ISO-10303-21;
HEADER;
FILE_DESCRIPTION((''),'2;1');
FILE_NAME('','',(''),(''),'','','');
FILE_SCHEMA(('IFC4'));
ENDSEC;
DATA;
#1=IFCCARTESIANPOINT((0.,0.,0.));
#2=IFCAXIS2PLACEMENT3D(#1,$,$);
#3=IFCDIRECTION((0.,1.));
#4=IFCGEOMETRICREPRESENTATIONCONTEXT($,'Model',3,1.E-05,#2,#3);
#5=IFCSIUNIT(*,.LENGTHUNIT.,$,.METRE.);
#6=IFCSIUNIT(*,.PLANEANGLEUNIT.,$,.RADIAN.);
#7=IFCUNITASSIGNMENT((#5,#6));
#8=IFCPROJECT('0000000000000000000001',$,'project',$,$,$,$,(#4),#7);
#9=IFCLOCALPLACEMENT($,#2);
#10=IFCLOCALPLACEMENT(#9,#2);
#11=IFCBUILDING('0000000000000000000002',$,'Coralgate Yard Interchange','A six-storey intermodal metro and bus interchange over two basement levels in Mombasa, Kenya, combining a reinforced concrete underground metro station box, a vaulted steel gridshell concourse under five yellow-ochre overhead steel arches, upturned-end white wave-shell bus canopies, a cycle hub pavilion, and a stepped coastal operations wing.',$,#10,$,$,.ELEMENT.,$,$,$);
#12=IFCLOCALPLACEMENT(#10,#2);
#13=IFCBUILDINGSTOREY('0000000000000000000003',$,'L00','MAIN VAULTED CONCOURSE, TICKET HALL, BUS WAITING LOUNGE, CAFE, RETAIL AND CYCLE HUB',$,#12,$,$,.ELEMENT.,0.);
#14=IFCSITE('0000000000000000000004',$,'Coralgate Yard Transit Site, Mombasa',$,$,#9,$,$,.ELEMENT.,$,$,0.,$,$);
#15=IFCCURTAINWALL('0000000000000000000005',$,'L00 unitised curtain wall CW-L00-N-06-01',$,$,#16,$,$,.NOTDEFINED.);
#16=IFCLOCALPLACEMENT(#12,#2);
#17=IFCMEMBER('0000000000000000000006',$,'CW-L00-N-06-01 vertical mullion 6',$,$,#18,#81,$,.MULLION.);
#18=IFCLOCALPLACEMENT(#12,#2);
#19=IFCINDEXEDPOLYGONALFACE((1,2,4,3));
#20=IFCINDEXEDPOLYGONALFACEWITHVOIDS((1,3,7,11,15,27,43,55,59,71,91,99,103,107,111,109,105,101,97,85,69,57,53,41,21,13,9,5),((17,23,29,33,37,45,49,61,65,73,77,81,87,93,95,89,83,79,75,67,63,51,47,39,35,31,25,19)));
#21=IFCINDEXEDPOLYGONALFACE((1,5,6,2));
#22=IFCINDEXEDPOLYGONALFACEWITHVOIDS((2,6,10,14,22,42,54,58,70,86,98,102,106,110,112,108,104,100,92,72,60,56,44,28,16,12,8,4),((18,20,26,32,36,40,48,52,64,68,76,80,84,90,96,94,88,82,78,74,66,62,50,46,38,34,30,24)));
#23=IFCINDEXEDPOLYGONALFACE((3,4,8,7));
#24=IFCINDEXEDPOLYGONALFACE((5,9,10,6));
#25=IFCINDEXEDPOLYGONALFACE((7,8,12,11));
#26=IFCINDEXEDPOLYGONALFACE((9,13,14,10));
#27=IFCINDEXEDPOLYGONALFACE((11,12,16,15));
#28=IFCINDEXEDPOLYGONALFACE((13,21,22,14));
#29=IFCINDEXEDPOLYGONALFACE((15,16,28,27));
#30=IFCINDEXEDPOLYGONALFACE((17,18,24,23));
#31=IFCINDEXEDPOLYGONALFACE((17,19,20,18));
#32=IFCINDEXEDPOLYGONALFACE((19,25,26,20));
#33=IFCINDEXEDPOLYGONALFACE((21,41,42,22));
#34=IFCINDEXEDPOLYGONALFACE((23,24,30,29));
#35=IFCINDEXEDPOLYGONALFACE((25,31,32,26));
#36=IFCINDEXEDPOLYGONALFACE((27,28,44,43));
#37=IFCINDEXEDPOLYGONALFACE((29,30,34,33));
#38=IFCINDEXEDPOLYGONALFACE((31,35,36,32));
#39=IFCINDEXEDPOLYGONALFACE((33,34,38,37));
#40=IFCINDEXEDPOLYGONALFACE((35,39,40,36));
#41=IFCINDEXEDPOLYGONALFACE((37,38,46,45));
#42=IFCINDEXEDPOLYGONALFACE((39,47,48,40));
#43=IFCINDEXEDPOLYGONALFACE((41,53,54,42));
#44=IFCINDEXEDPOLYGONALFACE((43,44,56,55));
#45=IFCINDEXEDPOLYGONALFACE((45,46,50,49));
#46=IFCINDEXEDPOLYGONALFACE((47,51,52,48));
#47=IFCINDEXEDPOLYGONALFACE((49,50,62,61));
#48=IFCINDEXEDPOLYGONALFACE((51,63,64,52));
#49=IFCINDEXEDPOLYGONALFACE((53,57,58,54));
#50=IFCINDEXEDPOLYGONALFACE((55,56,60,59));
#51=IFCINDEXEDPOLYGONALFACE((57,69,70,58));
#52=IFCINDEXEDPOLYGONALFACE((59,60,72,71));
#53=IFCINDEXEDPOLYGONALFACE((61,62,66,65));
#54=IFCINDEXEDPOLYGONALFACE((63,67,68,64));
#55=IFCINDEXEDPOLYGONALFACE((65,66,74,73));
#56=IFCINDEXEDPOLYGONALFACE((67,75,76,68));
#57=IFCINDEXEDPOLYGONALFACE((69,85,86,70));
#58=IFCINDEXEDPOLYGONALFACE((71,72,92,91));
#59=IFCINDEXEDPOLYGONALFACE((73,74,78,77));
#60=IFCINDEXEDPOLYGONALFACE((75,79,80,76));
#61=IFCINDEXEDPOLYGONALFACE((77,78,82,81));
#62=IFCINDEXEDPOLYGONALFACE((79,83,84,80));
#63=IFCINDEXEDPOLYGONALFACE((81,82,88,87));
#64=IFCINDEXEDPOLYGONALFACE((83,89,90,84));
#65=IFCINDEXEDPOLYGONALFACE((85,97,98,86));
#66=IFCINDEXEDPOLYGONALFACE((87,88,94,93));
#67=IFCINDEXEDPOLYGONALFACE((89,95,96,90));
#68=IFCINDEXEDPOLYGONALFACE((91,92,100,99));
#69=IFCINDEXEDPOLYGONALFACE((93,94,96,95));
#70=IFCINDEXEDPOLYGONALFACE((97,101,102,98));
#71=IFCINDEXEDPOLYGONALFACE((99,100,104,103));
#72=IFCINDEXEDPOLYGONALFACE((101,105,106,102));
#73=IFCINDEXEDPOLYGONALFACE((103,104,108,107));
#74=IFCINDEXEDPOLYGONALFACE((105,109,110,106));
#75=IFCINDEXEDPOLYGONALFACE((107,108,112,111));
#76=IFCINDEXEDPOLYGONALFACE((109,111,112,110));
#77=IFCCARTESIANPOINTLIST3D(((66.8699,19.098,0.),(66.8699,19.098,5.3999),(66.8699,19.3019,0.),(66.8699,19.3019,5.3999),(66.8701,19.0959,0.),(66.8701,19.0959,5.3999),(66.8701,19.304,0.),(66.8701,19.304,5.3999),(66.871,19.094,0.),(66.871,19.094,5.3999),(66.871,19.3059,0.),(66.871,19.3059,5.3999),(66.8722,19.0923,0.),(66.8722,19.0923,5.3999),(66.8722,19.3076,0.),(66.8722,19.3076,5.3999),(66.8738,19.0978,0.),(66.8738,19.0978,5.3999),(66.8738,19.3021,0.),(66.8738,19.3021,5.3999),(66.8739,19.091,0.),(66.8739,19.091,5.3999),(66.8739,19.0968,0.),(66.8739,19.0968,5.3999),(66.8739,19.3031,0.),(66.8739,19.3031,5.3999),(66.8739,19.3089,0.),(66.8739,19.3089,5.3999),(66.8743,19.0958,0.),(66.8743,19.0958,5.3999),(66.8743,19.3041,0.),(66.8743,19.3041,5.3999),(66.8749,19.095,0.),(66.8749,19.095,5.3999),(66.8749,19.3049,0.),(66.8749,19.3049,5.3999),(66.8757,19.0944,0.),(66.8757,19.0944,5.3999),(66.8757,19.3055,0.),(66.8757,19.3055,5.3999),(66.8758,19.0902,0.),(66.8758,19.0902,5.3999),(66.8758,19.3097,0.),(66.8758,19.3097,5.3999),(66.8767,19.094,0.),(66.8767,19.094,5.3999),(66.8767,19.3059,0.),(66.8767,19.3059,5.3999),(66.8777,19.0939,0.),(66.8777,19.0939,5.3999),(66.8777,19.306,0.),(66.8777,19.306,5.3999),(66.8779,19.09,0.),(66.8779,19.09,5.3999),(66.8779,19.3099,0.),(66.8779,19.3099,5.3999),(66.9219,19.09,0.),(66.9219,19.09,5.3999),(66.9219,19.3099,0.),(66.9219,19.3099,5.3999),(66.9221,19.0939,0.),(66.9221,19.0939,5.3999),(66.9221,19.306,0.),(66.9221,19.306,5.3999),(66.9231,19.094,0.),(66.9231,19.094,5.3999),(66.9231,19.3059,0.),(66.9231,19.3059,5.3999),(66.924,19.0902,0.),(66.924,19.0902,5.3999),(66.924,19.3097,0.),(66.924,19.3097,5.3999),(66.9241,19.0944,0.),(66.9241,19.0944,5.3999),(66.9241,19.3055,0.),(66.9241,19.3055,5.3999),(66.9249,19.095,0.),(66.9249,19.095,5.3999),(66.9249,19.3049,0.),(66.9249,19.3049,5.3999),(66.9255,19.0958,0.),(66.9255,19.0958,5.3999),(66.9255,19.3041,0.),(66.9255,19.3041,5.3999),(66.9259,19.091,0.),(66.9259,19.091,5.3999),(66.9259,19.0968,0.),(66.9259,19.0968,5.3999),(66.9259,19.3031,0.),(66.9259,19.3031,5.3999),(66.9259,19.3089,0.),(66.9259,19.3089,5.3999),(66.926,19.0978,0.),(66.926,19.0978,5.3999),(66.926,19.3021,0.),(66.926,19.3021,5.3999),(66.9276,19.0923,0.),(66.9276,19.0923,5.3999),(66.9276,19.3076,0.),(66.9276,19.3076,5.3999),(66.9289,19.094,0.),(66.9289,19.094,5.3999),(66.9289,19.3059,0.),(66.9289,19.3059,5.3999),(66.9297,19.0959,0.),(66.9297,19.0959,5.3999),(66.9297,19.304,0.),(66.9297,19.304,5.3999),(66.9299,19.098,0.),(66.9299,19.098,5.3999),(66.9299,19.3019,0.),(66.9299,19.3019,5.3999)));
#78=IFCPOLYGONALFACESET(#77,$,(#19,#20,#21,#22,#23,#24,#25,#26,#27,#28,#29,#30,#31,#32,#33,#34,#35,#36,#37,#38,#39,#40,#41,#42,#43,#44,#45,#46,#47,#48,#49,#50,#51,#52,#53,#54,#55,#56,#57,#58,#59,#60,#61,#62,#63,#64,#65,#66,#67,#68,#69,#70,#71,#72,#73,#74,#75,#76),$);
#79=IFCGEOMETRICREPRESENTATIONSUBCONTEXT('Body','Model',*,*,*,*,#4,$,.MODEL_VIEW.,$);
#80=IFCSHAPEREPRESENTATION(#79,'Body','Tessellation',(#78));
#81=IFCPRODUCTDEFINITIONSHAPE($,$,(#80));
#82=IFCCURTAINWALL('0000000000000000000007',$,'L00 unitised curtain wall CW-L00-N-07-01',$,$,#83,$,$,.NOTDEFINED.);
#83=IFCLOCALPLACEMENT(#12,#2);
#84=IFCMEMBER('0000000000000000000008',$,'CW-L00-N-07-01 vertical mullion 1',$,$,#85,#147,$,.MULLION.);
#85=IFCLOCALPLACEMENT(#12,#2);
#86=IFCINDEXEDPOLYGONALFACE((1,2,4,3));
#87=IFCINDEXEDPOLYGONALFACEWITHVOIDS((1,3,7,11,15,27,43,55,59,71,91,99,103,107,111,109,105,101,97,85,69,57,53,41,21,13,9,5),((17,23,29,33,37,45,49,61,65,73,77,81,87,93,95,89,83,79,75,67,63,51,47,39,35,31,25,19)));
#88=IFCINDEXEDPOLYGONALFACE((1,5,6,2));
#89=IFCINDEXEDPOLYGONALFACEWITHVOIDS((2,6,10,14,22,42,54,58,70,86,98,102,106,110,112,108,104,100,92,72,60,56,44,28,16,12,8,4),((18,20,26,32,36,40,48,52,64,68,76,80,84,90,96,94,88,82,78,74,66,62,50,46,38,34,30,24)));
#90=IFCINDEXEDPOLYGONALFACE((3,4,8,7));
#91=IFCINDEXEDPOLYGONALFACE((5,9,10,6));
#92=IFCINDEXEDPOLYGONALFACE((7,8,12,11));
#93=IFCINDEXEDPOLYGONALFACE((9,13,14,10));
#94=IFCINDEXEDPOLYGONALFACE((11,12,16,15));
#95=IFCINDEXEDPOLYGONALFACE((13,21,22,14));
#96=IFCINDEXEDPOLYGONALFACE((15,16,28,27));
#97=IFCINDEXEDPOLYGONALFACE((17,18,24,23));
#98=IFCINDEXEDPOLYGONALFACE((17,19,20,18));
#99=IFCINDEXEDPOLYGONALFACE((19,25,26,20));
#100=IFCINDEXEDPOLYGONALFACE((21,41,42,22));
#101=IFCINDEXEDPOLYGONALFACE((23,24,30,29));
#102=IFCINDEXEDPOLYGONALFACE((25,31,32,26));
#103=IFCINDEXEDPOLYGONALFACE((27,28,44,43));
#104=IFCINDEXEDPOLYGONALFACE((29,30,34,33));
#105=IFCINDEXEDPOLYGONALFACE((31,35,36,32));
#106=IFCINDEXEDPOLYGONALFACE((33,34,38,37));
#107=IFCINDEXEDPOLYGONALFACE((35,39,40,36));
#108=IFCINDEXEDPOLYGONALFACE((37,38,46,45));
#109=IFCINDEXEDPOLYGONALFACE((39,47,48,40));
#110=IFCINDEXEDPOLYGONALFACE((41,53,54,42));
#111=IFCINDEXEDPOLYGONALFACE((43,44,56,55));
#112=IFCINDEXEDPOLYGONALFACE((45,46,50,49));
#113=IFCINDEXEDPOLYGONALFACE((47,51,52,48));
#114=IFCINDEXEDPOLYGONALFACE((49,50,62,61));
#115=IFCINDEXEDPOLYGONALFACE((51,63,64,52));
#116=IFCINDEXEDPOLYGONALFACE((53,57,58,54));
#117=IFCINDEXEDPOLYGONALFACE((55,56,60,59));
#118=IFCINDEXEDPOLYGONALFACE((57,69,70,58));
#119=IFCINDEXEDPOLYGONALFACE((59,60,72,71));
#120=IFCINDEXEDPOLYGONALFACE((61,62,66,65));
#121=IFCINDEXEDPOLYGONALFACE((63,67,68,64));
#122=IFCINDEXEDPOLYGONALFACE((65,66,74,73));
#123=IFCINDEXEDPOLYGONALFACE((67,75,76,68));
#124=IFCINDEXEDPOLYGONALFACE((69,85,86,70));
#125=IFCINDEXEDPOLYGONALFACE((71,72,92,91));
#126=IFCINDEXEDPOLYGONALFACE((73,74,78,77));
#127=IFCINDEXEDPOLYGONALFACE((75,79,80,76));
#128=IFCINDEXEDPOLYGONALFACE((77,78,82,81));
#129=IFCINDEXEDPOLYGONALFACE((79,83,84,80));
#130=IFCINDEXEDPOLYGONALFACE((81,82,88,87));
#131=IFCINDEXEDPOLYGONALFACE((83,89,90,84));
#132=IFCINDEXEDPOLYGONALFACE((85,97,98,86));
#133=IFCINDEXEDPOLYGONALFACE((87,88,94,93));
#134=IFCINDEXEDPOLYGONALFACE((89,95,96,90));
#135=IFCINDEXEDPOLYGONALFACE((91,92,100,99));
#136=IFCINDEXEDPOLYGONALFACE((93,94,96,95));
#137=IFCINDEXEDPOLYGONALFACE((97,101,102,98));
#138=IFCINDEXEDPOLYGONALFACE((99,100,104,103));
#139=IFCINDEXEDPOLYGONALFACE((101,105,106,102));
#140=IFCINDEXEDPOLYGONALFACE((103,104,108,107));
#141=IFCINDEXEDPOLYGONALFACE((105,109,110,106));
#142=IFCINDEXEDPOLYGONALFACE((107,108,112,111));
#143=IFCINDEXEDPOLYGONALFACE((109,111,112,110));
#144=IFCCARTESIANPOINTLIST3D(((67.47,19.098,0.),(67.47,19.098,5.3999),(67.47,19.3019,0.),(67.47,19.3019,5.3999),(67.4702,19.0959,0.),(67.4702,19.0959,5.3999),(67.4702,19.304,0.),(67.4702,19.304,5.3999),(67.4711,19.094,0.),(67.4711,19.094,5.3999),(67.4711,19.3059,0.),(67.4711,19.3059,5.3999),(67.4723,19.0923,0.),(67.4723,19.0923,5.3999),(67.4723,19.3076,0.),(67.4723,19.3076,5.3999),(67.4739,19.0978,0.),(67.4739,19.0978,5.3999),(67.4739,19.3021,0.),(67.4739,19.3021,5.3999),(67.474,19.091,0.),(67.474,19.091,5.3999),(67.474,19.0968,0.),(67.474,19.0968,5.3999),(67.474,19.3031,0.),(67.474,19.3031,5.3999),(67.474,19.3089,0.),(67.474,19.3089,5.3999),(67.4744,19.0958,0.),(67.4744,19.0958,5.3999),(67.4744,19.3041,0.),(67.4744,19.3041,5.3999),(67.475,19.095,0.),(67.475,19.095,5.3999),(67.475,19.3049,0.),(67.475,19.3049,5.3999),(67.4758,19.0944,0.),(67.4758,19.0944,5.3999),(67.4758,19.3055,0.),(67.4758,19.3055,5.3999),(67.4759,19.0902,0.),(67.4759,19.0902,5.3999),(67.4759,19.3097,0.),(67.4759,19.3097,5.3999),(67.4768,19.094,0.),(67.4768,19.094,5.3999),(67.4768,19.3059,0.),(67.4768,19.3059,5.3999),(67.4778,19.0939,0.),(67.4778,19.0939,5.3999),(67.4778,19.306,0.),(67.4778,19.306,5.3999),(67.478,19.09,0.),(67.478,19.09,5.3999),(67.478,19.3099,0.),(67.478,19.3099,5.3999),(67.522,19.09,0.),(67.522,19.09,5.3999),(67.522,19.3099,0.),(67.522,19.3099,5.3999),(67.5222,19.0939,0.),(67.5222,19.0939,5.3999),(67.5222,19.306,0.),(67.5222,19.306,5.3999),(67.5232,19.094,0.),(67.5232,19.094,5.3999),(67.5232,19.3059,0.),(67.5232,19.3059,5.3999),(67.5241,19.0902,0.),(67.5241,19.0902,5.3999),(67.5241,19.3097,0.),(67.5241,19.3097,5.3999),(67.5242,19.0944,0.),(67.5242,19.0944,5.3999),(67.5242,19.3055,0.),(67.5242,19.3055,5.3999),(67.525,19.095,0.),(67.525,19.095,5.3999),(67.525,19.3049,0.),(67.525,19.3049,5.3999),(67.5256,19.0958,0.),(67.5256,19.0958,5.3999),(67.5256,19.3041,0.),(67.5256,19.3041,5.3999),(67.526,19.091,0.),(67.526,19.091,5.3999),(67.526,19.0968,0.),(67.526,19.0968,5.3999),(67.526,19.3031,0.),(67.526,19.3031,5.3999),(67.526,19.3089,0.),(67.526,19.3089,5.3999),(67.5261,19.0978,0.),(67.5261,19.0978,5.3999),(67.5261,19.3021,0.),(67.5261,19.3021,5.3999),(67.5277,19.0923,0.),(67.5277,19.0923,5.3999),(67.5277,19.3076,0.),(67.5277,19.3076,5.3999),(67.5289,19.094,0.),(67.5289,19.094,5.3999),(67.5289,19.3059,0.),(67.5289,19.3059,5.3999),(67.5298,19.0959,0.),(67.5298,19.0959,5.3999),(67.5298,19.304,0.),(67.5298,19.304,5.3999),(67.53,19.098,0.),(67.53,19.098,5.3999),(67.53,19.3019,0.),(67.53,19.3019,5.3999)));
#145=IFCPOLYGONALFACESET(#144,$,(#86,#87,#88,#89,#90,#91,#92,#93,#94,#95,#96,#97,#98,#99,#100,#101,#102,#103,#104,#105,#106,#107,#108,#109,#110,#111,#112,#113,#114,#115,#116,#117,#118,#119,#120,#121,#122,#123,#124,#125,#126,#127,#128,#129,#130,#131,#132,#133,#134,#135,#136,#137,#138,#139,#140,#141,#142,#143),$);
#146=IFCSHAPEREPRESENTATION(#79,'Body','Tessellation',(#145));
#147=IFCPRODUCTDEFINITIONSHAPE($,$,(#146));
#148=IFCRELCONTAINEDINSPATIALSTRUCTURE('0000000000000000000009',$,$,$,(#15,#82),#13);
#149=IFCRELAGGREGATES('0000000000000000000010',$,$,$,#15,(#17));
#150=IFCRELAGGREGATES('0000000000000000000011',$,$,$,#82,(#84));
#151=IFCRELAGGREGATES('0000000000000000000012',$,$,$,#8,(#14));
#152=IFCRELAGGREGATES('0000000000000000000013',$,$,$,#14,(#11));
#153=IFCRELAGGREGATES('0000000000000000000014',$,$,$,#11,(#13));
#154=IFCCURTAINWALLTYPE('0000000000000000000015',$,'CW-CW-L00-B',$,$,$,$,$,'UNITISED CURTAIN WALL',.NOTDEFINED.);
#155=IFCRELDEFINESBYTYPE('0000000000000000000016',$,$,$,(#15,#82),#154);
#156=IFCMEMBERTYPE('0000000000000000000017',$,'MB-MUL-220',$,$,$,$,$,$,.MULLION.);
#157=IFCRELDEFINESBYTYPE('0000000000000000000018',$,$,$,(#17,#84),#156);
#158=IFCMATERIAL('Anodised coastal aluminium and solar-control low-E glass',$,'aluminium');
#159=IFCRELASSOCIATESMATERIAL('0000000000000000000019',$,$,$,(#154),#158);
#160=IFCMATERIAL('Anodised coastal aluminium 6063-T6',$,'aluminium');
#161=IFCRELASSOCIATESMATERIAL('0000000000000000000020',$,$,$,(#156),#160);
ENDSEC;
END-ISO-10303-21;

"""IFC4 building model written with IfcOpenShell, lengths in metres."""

from ifc_helpers import new_model, si_unit, direction, frame, origin, origin_2d, place, context, subcontext, project, spatial, hollow_rectangle, extrude, material, material_profile, profile_set, type_object, element, aggregate, save


model = new_model("IFC4")

# Units and contexts
model_context = context("Model", 3, precision=1e-05, world=origin(), true_north=direction((0.0, 1.0)))
body_context = subcontext(model_context, "Body", "Model", "MODEL_VIEW")
ifc_project = project(units=[si_unit("LENGTHUNIT", "METRE"), si_unit("PLANEANGLEUNIT", "RADIAN")], contexts=[model_context])

# Site, building, storey
site_placement = place(None, origin())
site = spatial("IfcSite", under=ifc_project, at=site_placement, Name="Coralgate Yard Transit Site, Mombasa", CompositionType="ELEMENT", RefElevation=0.0)
building_placement = place(site_placement, origin())
building = spatial("IfcBuilding", under=site, at=building_placement, Name="Coralgate Yard Interchange", Description="A six-storey intermodal metro and bus interchange over two basement levels in Mombasa, Kenya, combining a reinforced concrete underground metro station box, a vaulted steel gridshell concourse under five yellow-ochre overhead steel arches, upturned-end white wave-shell bus canopies, a cycle hub pavilion, and a stepped coastal operations wing.", CompositionType="ELEMENT")
storey_placement = place(building_placement, origin())
storey = spatial("IfcBuildingStorey", under=building, at=storey_placement, Name="L00", Description="MAIN VAULTED CONCOURSE, TICKET HALL, BUS WAITING LOUNGE, CAFE, RETAIL AND CYCLE HUB", CompositionType="ELEMENT", Elevation=0.0)

# Curtain wall, member
ifc_material_1 = material(Name="Anodised coastal aluminium and solar-control low-E glass", Category="aluminium")
curtain_wall_type = type_object("IfcCurtainWallType", Name="CW-CW-L00-B", ElementType="UNITISED CURTAIN WALL", PredefinedType="NOTDEFINED", material=ifc_material_1)
curtain_wall_1_placement = place(storey_placement, origin())
curtain_wall_1 = element("IfcCurtainWall", 1, at=curtain_wall_1_placement, inside=storey, type_object=curtain_wall_type, Name="L00 unitised curtain wall CW-L00-N-06-01", PredefinedType="NOTDEFINED")
ifc_material_2 = material(Name="Anodised coastal aluminium 6063-T6", Category="aluminium")
ifc_material_profile_1 = material_profile(ifc_material_2, hollow_rectangle(XDim=0.0601, YDim=0.22, WallThickness=0.0039, InnerFilletRadius=0.0039, OuterFilletRadius=0.0081, at=origin_2d()), Name="ALU 60x220x4")
ifc_profile_set_1 = profile_set([ifc_material_profile_1], Name="Anodised coastal aluminium 6063-T6")
member_type_1 = type_object("IfcMemberType", Name="MB-MUL-220", PredefinedType="MULLION", material=ifc_profile_set_1)
member_1_placement = place(storey_placement, frame((66.8999, 19.2, 0.0), z_axis=(0.0, 0.0, 1.0), x_axis=(1.0, 0.0, 0.0)))
member_1 = element("IfcMember", 2, at=member_1_placement, type_object=member_type_1, Name="CW-L00-N-06-01 vertical mullion 6", PredefinedType="MULLION", context=body_context, shape_type="SweptSolid", body=[
    extrude(hollow_rectangle(XDim=0.0601, YDim=0.22, WallThickness=0.0039, InnerFilletRadius=0.0039, OuterFilletRadius=0.0081, at=origin_2d()), origin(), (0.0, 0.0, 1.0), 5.3999),
])

# Curtain wall, member
curtain_wall_2_placement = place(storey_placement, origin())
curtain_wall_2 = element("IfcCurtainWall", 3, at=curtain_wall_2_placement, inside=storey, type_object=curtain_wall_type, Name="L00 unitised curtain wall CW-L00-N-07-01", PredefinedType="NOTDEFINED")
member_2_placement = place(storey_placement, frame((67.5, 19.2, 0.0), z_axis=(0.0, 0.0, 1.0), x_axis=(1.0, 0.0, 0.0)))
member_2 = element("IfcMember", 4, at=member_2_placement, type_object=member_type_1, Name="CW-L00-N-07-01 vertical mullion 1", PredefinedType="MULLION", context=body_context, shape_type="SweptSolid", body=[
    extrude(hollow_rectangle(XDim=0.0601, YDim=0.22, WallThickness=0.0039, InnerFilletRadius=0.0039, OuterFilletRadius=0.0081, at=origin_2d()), origin(), (0.0, 0.0, 1.0), 5.3999),
])

aggregate(curtain_wall_1, [member_1])
aggregate(curtain_wall_2, [member_2])

save(model, "model.ifc")
